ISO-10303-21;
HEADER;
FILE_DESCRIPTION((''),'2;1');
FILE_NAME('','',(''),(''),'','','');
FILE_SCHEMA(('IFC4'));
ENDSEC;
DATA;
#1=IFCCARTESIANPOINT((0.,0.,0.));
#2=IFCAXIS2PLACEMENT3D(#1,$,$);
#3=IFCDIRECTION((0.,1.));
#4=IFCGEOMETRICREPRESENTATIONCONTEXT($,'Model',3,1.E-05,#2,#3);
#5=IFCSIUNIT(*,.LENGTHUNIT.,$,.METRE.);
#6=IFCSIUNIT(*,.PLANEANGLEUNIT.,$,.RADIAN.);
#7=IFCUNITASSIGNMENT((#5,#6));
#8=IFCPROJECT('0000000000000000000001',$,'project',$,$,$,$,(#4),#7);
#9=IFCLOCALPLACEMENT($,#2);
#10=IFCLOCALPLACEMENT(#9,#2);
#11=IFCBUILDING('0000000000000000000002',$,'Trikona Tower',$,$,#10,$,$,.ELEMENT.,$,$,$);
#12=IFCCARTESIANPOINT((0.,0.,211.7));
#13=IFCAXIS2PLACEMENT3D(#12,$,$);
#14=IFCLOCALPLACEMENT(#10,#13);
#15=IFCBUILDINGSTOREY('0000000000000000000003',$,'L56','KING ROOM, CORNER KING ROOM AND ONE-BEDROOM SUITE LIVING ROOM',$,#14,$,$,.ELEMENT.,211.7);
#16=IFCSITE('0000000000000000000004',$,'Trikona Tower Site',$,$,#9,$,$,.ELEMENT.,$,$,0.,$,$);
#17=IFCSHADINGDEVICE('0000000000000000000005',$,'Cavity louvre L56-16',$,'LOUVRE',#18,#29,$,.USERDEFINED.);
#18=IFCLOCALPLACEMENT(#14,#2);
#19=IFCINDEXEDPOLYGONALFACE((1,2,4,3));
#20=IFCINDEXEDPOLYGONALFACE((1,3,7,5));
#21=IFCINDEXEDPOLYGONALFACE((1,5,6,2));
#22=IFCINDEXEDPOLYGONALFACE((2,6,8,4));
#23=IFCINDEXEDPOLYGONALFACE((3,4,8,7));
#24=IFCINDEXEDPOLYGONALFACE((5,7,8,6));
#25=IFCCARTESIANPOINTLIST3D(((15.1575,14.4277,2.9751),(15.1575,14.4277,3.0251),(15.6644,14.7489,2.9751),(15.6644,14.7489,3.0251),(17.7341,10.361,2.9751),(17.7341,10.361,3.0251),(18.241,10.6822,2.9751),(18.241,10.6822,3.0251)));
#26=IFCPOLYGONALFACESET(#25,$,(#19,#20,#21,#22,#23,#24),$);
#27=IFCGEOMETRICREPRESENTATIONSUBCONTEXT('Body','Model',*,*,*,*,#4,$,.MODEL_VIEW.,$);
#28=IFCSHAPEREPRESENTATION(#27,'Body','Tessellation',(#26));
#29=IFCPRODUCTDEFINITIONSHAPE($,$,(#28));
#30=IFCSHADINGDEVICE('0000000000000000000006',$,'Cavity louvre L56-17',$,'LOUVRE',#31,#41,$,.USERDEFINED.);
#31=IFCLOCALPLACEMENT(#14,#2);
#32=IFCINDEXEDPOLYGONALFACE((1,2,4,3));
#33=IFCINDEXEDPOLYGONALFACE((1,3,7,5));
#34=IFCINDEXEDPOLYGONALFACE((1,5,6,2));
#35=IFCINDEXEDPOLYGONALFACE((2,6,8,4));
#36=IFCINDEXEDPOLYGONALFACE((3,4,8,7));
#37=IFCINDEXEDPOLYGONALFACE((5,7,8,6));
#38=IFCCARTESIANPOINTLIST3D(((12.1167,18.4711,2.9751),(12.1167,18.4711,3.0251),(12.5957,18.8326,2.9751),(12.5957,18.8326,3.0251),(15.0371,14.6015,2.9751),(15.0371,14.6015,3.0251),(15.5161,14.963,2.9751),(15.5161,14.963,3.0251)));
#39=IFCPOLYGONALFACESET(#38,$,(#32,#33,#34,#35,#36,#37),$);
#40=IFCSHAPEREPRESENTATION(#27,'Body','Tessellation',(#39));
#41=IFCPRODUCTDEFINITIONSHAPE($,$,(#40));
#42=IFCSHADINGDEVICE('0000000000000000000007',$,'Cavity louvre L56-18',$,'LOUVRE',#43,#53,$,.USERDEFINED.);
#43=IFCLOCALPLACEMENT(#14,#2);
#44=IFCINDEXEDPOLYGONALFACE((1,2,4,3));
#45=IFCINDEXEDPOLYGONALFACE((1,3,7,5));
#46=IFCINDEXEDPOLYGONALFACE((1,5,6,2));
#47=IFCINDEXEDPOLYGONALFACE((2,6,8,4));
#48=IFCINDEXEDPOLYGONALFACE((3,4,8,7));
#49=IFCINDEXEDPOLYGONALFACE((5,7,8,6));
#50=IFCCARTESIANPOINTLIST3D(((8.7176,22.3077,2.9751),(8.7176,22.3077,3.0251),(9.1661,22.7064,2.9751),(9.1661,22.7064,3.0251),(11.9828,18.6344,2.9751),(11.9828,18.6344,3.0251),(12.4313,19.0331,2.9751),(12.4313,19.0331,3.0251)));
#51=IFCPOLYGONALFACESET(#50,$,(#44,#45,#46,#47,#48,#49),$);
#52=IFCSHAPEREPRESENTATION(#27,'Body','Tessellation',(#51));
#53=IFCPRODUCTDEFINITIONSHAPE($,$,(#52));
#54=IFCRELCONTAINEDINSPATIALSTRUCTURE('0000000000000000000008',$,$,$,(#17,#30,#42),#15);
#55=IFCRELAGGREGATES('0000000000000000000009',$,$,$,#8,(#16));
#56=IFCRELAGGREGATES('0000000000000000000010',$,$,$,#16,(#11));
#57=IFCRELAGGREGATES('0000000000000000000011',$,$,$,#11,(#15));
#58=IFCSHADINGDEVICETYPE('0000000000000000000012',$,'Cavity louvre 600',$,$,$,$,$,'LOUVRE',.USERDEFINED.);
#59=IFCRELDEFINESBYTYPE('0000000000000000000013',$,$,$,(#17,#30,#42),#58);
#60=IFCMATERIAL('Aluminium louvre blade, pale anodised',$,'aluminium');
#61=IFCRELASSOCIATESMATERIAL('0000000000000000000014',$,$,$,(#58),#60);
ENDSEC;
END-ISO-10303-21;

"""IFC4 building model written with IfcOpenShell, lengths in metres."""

from ifc_helpers import new_model, si_unit, direction, frame, origin, origin_2d, place, context, subcontext, project, spatial, rectangle, extrude, material, type_object, element, save


model = new_model("IFC4")

# Units and contexts
model_context = context("Model", 3, precision=1e-05, world=origin(), true_north=direction((0.0, 1.0)))
body_context = subcontext(model_context, "Body", "Model", "MODEL_VIEW")
ifc_project = project(units=[si_unit("LENGTHUNIT", "METRE"), si_unit("PLANEANGLEUNIT", "RADIAN")], contexts=[model_context])

# Site, building, storey
site_placement = place(None, origin())
site = spatial("IfcSite", under=ifc_project, at=site_placement, Name="Trikona Tower Site", CompositionType="ELEMENT", RefElevation=0.0)
building_placement = place(site_placement, origin())
building = spatial("IfcBuilding", under=site, at=building_placement, Name="Trikona Tower", CompositionType="ELEMENT")
storey_placement = place(building_placement, frame((0.0, 0.0, 211.7)))
storey = spatial("IfcBuildingStorey", under=building, at=storey_placement, Name="L56", Description="KING ROOM, CORNER KING ROOM AND ONE-BEDROOM SUITE LIVING ROOM", CompositionType="ELEMENT", Elevation=211.7)

# Shading devices
ifc_material_1 = material(Name="Aluminium louvre blade, pale anodised", Category="aluminium")
shading_device_type = type_object("IfcShadingDeviceType", Name="Cavity louvre 600", ElementType="LOUVRE", PredefinedType="USERDEFINED", material=ifc_material_1)
shading_device_1_placement = place(storey_placement, frame((16.6992, 12.5549, 2.9751), z_axis=(0.0, 0.0, 1.0), x_axis=(-0.535205, 0.844722, 0.0)))
element("IfcShadingDevice", 1, at=shading_device_1_placement, inside=storey, type_object=shading_device_type, Name="Cavity louvre L56-16", ObjectType="LOUVRE", PredefinedType="USERDEFINED", context=body_context, shape_type="SweptSolid", body=[
    extrude(rectangle(XDim=4.8142, YDim=0.6001, at=origin_2d()), origin(), (0.0, 0.0, 1.0), 0.05),
])
shading_device_2_placement = place(storey_placement, frame((13.8164, 16.717, 2.9751), z_axis=(0.0, 0.0, 1.0), x_axis=(-0.602402, 0.798193, 0.0)))
element("IfcShadingDevice", 2, at=shading_device_2_placement, inside=storey, type_object=shading_device_type, Name="Cavity louvre L56-17", ObjectType="LOUVRE", PredefinedType="USERDEFINED", context=body_context, shape_type="SweptSolid", body=[
    extrude(rectangle(XDim=4.8479, YDim=0.6001, at=origin_2d()), origin(), (0.0, 0.0, 1.0), 0.05),
])
shading_device_3_placement = place(storey_placement, frame((10.5745, 20.6704, 2.9751), z_axis=(0.0, 0.0, 1.0), x_axis=(-0.664367, 0.747406, 0.0)))
element("IfcShadingDevice", 3, at=shading_device_3_placement, inside=storey, type_object=shading_device_type, Name="Cavity louvre L56-18", ObjectType="LOUVRE", PredefinedType="USERDEFINED", context=body_context, shape_type="SweptSolid", body=[
    extrude(rectangle(XDim=4.9148, YDim=0.6001, at=origin_2d()), origin(), (0.0, 0.0, 1.0), 0.05),
])

save(model, "model.ifc")
